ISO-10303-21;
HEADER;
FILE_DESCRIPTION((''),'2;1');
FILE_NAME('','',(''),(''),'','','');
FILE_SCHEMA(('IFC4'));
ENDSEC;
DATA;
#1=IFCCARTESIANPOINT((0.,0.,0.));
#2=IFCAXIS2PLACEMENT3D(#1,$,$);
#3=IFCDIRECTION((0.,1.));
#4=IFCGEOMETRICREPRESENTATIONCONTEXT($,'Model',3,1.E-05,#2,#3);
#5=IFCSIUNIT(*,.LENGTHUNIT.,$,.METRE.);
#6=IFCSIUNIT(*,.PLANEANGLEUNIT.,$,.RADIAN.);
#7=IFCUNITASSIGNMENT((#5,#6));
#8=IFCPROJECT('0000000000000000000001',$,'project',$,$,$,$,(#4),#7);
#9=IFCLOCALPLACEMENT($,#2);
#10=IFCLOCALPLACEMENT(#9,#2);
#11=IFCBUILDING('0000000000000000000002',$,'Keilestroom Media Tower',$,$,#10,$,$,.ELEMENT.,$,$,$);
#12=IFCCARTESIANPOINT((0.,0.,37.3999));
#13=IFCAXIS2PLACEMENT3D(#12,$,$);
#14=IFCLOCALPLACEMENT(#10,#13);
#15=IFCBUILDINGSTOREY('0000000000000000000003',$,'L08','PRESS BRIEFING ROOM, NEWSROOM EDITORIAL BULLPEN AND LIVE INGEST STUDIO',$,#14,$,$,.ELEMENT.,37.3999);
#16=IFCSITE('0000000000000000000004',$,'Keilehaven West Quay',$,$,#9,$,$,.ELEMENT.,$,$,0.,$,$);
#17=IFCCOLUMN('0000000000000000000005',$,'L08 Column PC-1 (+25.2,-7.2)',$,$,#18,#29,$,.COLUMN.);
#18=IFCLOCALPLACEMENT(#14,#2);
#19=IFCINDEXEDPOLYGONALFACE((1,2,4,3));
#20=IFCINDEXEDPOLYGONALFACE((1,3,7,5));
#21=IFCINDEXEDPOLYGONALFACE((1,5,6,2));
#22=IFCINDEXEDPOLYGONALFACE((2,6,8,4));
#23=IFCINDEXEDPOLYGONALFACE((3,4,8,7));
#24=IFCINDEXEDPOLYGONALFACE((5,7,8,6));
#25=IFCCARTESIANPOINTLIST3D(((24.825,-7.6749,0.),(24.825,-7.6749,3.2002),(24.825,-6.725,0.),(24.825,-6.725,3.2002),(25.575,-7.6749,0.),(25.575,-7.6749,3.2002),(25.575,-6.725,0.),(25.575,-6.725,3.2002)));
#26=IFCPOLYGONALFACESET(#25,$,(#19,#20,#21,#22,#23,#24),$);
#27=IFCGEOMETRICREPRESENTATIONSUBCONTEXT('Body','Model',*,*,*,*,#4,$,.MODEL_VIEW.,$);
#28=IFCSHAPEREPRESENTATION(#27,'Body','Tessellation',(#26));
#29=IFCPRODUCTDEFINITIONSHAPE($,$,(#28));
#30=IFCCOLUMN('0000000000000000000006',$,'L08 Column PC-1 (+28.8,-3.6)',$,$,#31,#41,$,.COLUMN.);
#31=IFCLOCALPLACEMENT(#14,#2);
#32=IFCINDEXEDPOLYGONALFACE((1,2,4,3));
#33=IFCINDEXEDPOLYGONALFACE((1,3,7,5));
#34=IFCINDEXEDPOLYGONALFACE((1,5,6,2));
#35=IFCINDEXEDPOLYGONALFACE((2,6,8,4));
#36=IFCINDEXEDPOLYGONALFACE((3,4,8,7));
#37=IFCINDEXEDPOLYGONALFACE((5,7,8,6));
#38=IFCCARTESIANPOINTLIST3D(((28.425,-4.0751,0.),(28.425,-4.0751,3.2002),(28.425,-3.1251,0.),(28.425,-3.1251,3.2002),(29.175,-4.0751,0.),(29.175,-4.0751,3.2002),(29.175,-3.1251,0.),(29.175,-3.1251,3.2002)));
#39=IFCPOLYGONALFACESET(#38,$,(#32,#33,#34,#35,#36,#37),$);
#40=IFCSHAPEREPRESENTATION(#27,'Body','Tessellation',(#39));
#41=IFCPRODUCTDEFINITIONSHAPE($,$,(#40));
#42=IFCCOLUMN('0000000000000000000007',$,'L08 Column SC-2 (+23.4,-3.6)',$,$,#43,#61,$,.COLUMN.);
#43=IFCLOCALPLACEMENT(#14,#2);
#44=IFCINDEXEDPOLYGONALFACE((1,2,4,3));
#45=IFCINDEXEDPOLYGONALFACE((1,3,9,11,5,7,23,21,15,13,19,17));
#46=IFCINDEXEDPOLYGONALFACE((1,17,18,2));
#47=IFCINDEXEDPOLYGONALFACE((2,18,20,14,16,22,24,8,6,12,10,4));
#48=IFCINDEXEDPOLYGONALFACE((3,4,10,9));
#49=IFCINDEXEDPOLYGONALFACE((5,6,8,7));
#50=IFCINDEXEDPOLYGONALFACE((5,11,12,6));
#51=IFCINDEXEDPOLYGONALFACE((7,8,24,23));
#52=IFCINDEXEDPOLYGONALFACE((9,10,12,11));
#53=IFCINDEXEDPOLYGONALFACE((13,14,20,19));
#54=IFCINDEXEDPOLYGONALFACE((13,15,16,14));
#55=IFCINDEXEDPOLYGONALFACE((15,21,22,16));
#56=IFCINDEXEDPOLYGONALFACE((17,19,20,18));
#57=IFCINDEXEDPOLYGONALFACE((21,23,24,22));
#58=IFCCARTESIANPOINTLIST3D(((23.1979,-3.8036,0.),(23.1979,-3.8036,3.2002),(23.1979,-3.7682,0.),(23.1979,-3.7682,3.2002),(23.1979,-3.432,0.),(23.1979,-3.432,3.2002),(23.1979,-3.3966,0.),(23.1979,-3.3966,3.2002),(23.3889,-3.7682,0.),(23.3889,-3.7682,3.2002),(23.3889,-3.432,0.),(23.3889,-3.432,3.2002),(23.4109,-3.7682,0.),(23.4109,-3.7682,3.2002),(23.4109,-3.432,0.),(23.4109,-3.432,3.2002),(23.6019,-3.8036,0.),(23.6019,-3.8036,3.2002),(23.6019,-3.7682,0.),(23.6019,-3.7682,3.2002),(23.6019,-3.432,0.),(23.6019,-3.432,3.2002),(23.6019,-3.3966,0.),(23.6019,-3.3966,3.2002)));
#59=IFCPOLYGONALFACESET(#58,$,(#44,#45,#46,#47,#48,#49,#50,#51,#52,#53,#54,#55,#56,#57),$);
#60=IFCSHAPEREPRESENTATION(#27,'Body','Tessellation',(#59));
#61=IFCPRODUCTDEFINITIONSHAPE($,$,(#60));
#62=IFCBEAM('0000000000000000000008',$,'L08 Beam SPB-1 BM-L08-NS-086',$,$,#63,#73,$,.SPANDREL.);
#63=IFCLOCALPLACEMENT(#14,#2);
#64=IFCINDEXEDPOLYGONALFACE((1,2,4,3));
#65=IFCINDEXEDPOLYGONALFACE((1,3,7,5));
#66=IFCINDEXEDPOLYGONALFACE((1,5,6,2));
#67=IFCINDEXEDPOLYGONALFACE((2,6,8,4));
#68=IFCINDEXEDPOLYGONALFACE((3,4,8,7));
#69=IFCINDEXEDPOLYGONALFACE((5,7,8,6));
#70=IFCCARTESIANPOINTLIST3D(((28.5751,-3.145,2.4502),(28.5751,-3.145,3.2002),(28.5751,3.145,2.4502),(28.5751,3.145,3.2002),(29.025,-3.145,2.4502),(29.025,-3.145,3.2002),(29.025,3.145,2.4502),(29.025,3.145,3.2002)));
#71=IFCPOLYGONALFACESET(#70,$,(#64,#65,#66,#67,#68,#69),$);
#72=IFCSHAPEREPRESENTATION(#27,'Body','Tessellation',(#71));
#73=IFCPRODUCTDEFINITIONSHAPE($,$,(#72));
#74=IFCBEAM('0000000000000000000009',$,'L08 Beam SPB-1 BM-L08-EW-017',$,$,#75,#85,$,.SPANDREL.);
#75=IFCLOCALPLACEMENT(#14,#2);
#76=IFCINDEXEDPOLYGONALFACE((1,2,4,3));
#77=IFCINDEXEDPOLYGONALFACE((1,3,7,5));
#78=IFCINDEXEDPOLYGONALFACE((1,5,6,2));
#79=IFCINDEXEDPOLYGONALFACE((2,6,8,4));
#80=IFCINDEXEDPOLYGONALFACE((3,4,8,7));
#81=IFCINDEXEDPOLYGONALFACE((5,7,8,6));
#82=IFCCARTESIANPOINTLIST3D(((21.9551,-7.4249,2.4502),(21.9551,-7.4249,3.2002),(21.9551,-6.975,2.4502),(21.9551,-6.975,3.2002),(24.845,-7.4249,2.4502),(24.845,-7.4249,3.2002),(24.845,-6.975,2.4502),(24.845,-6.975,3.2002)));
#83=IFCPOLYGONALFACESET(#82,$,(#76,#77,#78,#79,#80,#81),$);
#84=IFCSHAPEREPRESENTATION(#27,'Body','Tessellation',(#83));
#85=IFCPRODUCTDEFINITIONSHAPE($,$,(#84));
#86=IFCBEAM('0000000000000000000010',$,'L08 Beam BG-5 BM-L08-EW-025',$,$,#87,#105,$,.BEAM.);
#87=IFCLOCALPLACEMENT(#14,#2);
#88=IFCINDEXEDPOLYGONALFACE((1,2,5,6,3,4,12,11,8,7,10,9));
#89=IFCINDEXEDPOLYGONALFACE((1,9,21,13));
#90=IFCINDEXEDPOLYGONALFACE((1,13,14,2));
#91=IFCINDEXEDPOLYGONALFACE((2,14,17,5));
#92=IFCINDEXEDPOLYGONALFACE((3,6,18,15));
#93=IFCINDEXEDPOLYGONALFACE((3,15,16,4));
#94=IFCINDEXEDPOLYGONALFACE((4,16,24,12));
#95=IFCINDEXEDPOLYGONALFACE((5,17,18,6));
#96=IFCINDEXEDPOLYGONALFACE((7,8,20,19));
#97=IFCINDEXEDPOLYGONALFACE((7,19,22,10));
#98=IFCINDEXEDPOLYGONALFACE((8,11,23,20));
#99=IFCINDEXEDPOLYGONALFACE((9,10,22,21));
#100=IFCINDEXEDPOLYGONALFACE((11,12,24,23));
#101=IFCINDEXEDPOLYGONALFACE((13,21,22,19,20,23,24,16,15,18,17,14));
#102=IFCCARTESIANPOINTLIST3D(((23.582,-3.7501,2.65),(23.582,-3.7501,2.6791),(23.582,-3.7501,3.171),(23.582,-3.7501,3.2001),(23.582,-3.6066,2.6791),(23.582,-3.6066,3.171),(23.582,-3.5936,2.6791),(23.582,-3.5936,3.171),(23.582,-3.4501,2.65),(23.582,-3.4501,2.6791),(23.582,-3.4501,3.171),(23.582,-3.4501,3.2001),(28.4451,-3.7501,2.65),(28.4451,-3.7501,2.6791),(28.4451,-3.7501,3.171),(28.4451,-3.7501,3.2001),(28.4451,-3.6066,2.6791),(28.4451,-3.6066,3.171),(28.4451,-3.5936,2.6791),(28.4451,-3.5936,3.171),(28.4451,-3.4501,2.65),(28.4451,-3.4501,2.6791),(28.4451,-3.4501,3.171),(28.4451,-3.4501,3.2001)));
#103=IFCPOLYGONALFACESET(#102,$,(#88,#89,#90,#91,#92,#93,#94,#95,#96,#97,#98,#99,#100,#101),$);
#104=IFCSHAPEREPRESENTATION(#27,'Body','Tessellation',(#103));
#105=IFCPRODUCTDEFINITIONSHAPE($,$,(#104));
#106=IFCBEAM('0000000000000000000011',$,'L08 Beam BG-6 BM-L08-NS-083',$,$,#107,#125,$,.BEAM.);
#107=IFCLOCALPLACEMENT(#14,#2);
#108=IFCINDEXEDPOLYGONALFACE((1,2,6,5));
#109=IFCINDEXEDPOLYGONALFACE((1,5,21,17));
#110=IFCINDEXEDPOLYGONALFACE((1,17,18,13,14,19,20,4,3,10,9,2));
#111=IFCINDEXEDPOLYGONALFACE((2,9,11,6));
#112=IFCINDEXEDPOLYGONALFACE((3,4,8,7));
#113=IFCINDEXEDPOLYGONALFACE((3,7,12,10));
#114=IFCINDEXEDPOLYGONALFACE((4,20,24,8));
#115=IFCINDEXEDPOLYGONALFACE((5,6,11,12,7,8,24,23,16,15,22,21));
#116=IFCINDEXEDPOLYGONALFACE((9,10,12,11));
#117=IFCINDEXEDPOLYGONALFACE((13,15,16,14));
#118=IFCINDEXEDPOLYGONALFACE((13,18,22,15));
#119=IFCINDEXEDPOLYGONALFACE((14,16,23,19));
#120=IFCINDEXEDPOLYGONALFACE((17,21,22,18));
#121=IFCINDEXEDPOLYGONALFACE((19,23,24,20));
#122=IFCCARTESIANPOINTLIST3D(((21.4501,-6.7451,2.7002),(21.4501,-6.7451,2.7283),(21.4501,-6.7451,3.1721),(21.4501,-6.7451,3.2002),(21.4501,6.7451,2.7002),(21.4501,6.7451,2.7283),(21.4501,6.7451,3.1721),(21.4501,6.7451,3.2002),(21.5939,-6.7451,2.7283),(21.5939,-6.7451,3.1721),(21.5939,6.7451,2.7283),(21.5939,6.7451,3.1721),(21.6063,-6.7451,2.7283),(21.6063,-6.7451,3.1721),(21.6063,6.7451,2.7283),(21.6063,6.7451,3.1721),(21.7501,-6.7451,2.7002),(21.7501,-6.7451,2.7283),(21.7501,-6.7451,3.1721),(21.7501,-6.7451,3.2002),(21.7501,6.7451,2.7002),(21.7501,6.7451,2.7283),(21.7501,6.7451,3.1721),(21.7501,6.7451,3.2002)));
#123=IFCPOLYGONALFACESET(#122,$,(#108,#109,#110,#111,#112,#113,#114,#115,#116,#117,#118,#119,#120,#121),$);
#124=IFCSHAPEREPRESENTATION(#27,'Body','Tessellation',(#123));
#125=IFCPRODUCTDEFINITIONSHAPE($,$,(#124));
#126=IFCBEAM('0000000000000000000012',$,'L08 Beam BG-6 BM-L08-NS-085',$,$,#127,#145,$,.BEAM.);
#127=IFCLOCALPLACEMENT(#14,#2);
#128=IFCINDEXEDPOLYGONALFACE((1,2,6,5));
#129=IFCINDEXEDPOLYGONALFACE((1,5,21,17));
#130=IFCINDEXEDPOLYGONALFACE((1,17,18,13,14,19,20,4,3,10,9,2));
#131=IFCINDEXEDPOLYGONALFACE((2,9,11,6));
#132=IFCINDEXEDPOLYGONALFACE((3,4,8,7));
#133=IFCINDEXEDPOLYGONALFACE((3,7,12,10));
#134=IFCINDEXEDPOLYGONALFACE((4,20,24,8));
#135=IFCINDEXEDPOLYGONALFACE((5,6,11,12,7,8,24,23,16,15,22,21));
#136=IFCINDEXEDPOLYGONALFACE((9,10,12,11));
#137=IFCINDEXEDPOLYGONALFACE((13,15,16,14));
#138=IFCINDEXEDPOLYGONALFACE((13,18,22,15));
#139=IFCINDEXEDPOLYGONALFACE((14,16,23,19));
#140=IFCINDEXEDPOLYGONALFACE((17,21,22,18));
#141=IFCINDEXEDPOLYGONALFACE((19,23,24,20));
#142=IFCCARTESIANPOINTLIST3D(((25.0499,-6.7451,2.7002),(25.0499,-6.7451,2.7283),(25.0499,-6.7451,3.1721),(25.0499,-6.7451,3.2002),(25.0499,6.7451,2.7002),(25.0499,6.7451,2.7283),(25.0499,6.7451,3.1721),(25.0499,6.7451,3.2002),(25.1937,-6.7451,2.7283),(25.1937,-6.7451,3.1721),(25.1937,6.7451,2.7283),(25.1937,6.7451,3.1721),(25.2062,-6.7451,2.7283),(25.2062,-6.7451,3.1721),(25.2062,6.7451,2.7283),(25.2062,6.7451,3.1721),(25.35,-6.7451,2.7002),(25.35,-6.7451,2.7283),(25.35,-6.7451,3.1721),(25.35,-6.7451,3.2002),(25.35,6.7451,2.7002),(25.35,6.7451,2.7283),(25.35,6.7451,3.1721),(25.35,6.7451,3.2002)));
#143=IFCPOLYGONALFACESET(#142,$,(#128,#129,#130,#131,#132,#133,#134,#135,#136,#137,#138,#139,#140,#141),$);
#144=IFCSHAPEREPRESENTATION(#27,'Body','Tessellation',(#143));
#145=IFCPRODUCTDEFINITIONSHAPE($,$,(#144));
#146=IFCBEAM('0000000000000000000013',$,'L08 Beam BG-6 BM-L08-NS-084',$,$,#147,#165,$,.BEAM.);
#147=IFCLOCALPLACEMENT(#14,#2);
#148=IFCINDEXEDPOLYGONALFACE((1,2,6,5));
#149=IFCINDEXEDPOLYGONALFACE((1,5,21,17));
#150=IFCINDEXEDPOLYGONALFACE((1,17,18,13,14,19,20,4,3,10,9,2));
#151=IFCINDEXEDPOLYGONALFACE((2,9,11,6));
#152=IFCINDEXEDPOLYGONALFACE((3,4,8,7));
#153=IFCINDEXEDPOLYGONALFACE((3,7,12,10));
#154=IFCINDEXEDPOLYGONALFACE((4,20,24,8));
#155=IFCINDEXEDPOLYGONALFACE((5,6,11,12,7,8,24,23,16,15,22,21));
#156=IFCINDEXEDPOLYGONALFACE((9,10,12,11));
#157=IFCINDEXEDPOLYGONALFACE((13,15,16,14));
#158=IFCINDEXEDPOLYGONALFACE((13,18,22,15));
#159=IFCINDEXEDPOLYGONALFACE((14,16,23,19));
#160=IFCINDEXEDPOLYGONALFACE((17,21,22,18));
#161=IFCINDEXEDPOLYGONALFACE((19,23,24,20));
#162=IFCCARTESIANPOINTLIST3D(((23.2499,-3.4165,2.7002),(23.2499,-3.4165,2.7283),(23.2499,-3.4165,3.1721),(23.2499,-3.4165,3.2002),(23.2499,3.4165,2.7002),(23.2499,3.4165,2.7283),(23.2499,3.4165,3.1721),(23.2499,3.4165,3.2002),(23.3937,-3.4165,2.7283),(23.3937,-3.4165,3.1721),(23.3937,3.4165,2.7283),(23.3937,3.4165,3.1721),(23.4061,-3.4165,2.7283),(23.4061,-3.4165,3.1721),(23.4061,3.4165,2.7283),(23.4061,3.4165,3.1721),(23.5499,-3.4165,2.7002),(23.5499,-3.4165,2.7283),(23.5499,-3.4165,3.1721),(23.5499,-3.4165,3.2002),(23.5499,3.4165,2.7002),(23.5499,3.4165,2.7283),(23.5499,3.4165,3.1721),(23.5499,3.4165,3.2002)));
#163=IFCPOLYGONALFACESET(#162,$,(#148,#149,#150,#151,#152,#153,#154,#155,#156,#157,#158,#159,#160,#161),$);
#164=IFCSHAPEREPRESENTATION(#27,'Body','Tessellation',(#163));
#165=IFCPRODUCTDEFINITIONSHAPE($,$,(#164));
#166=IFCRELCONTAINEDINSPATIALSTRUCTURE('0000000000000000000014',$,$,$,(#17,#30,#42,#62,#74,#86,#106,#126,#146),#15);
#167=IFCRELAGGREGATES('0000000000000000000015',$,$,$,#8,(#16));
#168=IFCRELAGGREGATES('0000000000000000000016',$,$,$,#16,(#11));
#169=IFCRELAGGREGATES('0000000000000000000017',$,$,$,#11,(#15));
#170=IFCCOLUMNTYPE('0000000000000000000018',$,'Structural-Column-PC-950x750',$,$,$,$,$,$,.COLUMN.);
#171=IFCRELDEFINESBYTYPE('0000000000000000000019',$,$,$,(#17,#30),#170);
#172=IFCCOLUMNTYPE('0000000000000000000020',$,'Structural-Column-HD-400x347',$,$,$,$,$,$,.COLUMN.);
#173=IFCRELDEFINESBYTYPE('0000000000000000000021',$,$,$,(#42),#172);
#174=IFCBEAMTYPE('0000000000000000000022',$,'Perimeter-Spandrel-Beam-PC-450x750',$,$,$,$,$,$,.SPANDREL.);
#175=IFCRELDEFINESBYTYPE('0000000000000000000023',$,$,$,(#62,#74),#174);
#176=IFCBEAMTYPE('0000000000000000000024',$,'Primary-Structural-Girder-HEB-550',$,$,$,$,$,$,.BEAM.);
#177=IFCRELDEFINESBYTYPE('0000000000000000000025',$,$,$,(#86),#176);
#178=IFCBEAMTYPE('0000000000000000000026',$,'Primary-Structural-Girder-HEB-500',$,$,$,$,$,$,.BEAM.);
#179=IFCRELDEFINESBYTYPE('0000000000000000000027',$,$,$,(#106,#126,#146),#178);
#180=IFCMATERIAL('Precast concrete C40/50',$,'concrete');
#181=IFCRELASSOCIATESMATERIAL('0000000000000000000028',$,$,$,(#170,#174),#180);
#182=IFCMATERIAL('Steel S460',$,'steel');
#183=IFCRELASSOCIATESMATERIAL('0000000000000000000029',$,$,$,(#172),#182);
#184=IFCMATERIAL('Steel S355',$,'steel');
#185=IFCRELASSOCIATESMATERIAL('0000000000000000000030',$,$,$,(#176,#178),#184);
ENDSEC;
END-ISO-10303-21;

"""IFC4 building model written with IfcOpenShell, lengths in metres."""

from ifc_helpers import new_model, si_unit, direction, frame, origin, origin_2d, place, context, subcontext, project, spatial, rectangle, i_section, extrude, source, transform, mapped, material, material_profile, profile_set, type_object, element, save


model = new_model("IFC4")

# Units and contexts
model_context = context("Model", 3, precision=1e-05, world=origin(), true_north=direction((0.0, 1.0)))
body_context = subcontext(model_context, "Body", "Model", "MODEL_VIEW")
ifc_project = project(units=[si_unit("LENGTHUNIT", "METRE"), si_unit("PLANEANGLEUNIT", "RADIAN")], contexts=[model_context])

# Site, building, storey
site_placement = place(None, origin())
site = spatial("IfcSite", under=ifc_project, at=site_placement, Name="Keilehaven West Quay", CompositionType="ELEMENT", RefElevation=0.0)
building_placement = place(site_placement, origin())
building = spatial("IfcBuilding", under=site, at=building_placement, Name="Keilestroom Media Tower", CompositionType="ELEMENT")
storey_placement = place(building_placement, frame((0.0, 0.0, 37.3999)))
storey = spatial("IfcBuildingStorey", under=building, at=storey_placement, Name="L08", Description="PRESS BRIEFING ROOM, NEWSROOM EDITORIAL BULLPEN AND LIVE INGEST STUDIO", CompositionType="ELEMENT", Elevation=37.3999)

# Columns
ifc_material_1 = material(Name="Precast concrete C40/50", Category="concrete")
ifc_material_profile_1 = material_profile(ifc_material_1, rectangle(XDim=0.75, YDim=0.95, at=origin_2d()), Name="PC 950x750")
ifc_profile_set_1 = profile_set([ifc_material_profile_1], Name="Precast concrete C40/50")
column_type_1 = type_object("IfcColumnType", Name="Structural-Column-PC-950x750", PredefinedType="COLUMN", material=ifc_profile_set_1)
shared_shape_1 = source(origin(), body_context, "Body", "SweptSolid", [
    extrude(rectangle(XDim=0.75, YDim=0.95, at=origin_2d()), origin(), (0.0, 0.0, 1.0), 3.2002),
])
for number, where, z_axis, x_axis, name in (
    (1, (25.2, -7.2, 0.0), (0.0, 0.0, 1.0), (1.0, 0.0, 0.0), "L08 Column PC-1 (+25.2,-7.2)"),
    (2, (28.8, -3.6001, 0.0), (0.0, 0.0, 1.0), (1.0, 0.0, 0.0), "L08 Column PC-1 (+28.8,-3.6)"),
):
    element("IfcColumn", number, at=place(storey_placement, frame(where, z_axis=z_axis, x_axis=x_axis)), inside=storey, type_object=column_type_1, Name=name, PredefinedType="COLUMN", context=body_context, shape_type="MappedRepresentation", body=[
        mapped(shared_shape_1, transform((0.0, 0.0, 0.0), x_axis=(1.0, 0.0, 0.0), y_axis=(0.0, 1.0, 0.0), z_axis=(0.0, 0.0, 1.0), scale=1.0)),
    ])
ifc_material_2 = material(Name="Steel S460", Category="steel")
ifc_material_profile_2 = material_profile(ifc_material_2, i_section(OverallWidth=0.4041, OverallDepth=0.407, WebThickness=0.022, FlangeThickness=0.0354, at=origin_2d()), Name="HD 400x347")
ifc_profile_set_2 = profile_set([ifc_material_profile_2], Name="Steel S460")
column_type_2 = type_object("IfcColumnType", Name="Structural-Column-HD-400x347", PredefinedType="COLUMN", material=ifc_profile_set_2)
shared_shape_2 = source(origin(), body_context, "Body", "SweptSolid", [
    extrude(i_section(OverallWidth=0.4041, OverallDepth=0.407, WebThickness=0.022, FlangeThickness=0.0354, at=origin_2d()), origin(), (0.0, 0.0, 1.0), 3.2002),
])
column_placement = place(storey_placement, frame((23.3999, -3.6001, 0.0), z_axis=(0.0, 0.0, 1.0), x_axis=(1.0, 0.0, 0.0)))
element("IfcColumn", 3, at=column_placement, inside=storey, type_object=column_type_2, Name="L08 Column SC-2 (+23.4,-3.6)", PredefinedType="COLUMN", context=body_context, shape_type="MappedRepresentation", body=[
    mapped(shared_shape_2, transform((0.0, 0.0, 0.0), x_axis=(1.0, 0.0, 0.0), y_axis=(0.0, 1.0, 0.0), z_axis=(0.0, 0.0, 1.0), scale=1.0)),
])

# Beams
ifc_material_profile_3 = material_profile(ifc_material_1, rectangle(XDim=0.45, YDim=0.75, at=origin_2d()), Name="PC 450x750")
ifc_profile_set_3 = profile_set([ifc_material_profile_3], Name="Precast concrete C40/50")
beam_type_1 = type_object("IfcBeamType", Name="Perimeter-Spandrel-Beam-PC-450x750", PredefinedType="SPANDREL", material=ifc_profile_set_3)
shared_shape_3 = source(origin(), body_context, "Body", "SweptSolid", [
    extrude(rectangle(XDim=0.45, YDim=0.75, at=origin_2d()), origin(), (0.0, 0.0, 1.0), 6.29),
])
beam_1_placement = place(storey_placement, frame((28.8, -3.145, 2.8252), z_axis=(0.0, 1.0, 0.0), x_axis=(-1.0, 0.0, 0.0)))
element("IfcBeam", 4, at=beam_1_placement, inside=storey, type_object=beam_type_1, Name="L08 Beam SPB-1 BM-L08-NS-086", PredefinedType="SPANDREL", context=body_context, shape_type="MappedRepresentation", body=[
    mapped(shared_shape_3, transform((0.0, 0.0, 0.0), x_axis=(1.0, 0.0, 0.0), y_axis=(0.0, 1.0, 0.0), z_axis=(0.0, 0.0, 1.0), scale=1.0)),
])
shared_shape_4 = source(origin(), body_context, "Body", "SweptSolid", [
    extrude(rectangle(XDim=0.45, YDim=0.75, at=origin_2d()), origin(), (0.0, 0.0, 1.0), 2.8899),
])
beam_2_placement = place(storey_placement, frame((21.9551, -7.2, 2.8252), z_axis=(1.0, 0.0, 0.0), x_axis=(0.0, 1.0, 0.0)))
element("IfcBeam", 5, at=beam_2_placement, inside=storey, type_object=beam_type_1, Name="L08 Beam SPB-1 BM-L08-EW-017", PredefinedType="SPANDREL", context=body_context, shape_type="MappedRepresentation", body=[
    mapped(shared_shape_4, transform((0.0, 0.0, 0.0), x_axis=(1.0, 0.0, 0.0), y_axis=(0.0, 1.0, 0.0), z_axis=(0.0, 0.0, 1.0), scale=1.0)),
])
ifc_material_3 = material(Name="Steel S355", Category="steel")
ifc_material_profile_4 = material_profile(ifc_material_3, i_section(OverallWidth=0.3, OverallDepth=0.55, WebThickness=0.0129, FlangeThickness=0.0291, at=origin_2d()), Name="HEB 550")
ifc_profile_set_4 = profile_set([ifc_material_profile_4], Name="Steel S355")
beam_type_2 = type_object("IfcBeamType", Name="Primary-Structural-Girder-HEB-550", PredefinedType="BEAM", material=ifc_profile_set_4)
shared_shape_5 = source(origin(), body_context, "Body", "SweptSolid", [
    extrude(i_section(OverallWidth=0.3, OverallDepth=0.55, WebThickness=0.0129, FlangeThickness=0.0291, at=origin_2d()), origin(), (0.0, 0.0, 1.0), 4.863),
])
beam_3_placement = place(storey_placement, frame((23.582, -3.6001, 2.925), z_axis=(1.0, 0.0, 0.0), x_axis=(0.0, 1.0, 0.0)))
element("IfcBeam", 6, at=beam_3_placement, inside=storey, type_object=beam_type_2, Name="L08 Beam BG-5 BM-L08-EW-025", PredefinedType="BEAM", context=body_context, shape_type="MappedRepresentation", body=[
    mapped(shared_shape_5, transform((0.0, 0.0, 0.0), x_axis=(1.0, 0.0, 0.0), y_axis=(0.0, 1.0, 0.0), z_axis=(0.0, 0.0, 1.0), scale=1.0)),
])
ifc_material_profile_5 = material_profile(ifc_material_3, i_section(OverallWidth=0.3, OverallDepth=0.5, WebThickness=0.0125, FlangeThickness=0.0281, at=origin_2d()), Name="HEB 500")
ifc_profile_set_5 = profile_set([ifc_material_profile_5], Name="Steel S355")
beam_type_3 = type_object("IfcBeamType", Name="Primary-Structural-Girder-HEB-500", PredefinedType="BEAM", material=ifc_profile_set_5)
shared_shape_6 = source(origin(), body_context, "Body", "SweptSolid", [
    extrude(i_section(OverallWidth=0.3, OverallDepth=0.5, WebThickness=0.0125, FlangeThickness=0.0281, at=origin_2d()), origin(), (0.0, 0.0, 1.0), 13.4902),
])
for number, where, z_axis, x_axis, name in (
    (7, (21.6001, -6.7451, 2.9502), (0.0, 1.0, 0.0), (-1.0, 0.0, 0.0), "L08 Beam BG-6 BM-L08-NS-083"),
    (8, (25.2, -6.7451, 2.9502), (0.0, 1.0, 0.0), (-1.0, 0.0, 0.0), "L08 Beam BG-6 BM-L08-NS-085"),
):
    element("IfcBeam", number, at=place(storey_placement, frame(where, z_axis=z_axis, x_axis=x_axis)), inside=storey, type_object=beam_type_3, Name=name, PredefinedType="BEAM", context=body_context, shape_type="MappedRepresentation", body=[
        mapped(shared_shape_6, transform((0.0, 0.0, 0.0), x_axis=(1.0, 0.0, 0.0), y_axis=(0.0, 1.0, 0.0), z_axis=(0.0, 0.0, 1.0), scale=1.0)),
    ])
shared_shape_7 = source(origin(), body_context, "Body", "SweptSolid", [
    extrude(i_section(OverallWidth=0.3, OverallDepth=0.5, WebThickness=0.0125, FlangeThickness=0.0281, at=origin_2d()), origin(), (0.0, 0.0, 1.0), 6.833),
])
beam_4_placement = place(storey_placement, frame((23.3999, -3.4165, 2.9502), z_axis=(0.0, 1.0, 0.0), x_axis=(-1.0, 0.0, 0.0)))
element("IfcBeam", 9, at=beam_4_placement, inside=storey, type_object=beam_type_3, Name="L08 Beam BG-6 BM-L08-NS-084", PredefinedType="BEAM", context=body_context, shape_type="MappedRepresentation", body=[
    mapped(shared_shape_7, transform((0.0, 0.0, 0.0), x_axis=(1.0, 0.0, 0.0), y_axis=(0.0, 1.0, 0.0), z_axis=(0.0, 0.0, 1.0), scale=1.0)),
])

save(model, "model.ifc")
